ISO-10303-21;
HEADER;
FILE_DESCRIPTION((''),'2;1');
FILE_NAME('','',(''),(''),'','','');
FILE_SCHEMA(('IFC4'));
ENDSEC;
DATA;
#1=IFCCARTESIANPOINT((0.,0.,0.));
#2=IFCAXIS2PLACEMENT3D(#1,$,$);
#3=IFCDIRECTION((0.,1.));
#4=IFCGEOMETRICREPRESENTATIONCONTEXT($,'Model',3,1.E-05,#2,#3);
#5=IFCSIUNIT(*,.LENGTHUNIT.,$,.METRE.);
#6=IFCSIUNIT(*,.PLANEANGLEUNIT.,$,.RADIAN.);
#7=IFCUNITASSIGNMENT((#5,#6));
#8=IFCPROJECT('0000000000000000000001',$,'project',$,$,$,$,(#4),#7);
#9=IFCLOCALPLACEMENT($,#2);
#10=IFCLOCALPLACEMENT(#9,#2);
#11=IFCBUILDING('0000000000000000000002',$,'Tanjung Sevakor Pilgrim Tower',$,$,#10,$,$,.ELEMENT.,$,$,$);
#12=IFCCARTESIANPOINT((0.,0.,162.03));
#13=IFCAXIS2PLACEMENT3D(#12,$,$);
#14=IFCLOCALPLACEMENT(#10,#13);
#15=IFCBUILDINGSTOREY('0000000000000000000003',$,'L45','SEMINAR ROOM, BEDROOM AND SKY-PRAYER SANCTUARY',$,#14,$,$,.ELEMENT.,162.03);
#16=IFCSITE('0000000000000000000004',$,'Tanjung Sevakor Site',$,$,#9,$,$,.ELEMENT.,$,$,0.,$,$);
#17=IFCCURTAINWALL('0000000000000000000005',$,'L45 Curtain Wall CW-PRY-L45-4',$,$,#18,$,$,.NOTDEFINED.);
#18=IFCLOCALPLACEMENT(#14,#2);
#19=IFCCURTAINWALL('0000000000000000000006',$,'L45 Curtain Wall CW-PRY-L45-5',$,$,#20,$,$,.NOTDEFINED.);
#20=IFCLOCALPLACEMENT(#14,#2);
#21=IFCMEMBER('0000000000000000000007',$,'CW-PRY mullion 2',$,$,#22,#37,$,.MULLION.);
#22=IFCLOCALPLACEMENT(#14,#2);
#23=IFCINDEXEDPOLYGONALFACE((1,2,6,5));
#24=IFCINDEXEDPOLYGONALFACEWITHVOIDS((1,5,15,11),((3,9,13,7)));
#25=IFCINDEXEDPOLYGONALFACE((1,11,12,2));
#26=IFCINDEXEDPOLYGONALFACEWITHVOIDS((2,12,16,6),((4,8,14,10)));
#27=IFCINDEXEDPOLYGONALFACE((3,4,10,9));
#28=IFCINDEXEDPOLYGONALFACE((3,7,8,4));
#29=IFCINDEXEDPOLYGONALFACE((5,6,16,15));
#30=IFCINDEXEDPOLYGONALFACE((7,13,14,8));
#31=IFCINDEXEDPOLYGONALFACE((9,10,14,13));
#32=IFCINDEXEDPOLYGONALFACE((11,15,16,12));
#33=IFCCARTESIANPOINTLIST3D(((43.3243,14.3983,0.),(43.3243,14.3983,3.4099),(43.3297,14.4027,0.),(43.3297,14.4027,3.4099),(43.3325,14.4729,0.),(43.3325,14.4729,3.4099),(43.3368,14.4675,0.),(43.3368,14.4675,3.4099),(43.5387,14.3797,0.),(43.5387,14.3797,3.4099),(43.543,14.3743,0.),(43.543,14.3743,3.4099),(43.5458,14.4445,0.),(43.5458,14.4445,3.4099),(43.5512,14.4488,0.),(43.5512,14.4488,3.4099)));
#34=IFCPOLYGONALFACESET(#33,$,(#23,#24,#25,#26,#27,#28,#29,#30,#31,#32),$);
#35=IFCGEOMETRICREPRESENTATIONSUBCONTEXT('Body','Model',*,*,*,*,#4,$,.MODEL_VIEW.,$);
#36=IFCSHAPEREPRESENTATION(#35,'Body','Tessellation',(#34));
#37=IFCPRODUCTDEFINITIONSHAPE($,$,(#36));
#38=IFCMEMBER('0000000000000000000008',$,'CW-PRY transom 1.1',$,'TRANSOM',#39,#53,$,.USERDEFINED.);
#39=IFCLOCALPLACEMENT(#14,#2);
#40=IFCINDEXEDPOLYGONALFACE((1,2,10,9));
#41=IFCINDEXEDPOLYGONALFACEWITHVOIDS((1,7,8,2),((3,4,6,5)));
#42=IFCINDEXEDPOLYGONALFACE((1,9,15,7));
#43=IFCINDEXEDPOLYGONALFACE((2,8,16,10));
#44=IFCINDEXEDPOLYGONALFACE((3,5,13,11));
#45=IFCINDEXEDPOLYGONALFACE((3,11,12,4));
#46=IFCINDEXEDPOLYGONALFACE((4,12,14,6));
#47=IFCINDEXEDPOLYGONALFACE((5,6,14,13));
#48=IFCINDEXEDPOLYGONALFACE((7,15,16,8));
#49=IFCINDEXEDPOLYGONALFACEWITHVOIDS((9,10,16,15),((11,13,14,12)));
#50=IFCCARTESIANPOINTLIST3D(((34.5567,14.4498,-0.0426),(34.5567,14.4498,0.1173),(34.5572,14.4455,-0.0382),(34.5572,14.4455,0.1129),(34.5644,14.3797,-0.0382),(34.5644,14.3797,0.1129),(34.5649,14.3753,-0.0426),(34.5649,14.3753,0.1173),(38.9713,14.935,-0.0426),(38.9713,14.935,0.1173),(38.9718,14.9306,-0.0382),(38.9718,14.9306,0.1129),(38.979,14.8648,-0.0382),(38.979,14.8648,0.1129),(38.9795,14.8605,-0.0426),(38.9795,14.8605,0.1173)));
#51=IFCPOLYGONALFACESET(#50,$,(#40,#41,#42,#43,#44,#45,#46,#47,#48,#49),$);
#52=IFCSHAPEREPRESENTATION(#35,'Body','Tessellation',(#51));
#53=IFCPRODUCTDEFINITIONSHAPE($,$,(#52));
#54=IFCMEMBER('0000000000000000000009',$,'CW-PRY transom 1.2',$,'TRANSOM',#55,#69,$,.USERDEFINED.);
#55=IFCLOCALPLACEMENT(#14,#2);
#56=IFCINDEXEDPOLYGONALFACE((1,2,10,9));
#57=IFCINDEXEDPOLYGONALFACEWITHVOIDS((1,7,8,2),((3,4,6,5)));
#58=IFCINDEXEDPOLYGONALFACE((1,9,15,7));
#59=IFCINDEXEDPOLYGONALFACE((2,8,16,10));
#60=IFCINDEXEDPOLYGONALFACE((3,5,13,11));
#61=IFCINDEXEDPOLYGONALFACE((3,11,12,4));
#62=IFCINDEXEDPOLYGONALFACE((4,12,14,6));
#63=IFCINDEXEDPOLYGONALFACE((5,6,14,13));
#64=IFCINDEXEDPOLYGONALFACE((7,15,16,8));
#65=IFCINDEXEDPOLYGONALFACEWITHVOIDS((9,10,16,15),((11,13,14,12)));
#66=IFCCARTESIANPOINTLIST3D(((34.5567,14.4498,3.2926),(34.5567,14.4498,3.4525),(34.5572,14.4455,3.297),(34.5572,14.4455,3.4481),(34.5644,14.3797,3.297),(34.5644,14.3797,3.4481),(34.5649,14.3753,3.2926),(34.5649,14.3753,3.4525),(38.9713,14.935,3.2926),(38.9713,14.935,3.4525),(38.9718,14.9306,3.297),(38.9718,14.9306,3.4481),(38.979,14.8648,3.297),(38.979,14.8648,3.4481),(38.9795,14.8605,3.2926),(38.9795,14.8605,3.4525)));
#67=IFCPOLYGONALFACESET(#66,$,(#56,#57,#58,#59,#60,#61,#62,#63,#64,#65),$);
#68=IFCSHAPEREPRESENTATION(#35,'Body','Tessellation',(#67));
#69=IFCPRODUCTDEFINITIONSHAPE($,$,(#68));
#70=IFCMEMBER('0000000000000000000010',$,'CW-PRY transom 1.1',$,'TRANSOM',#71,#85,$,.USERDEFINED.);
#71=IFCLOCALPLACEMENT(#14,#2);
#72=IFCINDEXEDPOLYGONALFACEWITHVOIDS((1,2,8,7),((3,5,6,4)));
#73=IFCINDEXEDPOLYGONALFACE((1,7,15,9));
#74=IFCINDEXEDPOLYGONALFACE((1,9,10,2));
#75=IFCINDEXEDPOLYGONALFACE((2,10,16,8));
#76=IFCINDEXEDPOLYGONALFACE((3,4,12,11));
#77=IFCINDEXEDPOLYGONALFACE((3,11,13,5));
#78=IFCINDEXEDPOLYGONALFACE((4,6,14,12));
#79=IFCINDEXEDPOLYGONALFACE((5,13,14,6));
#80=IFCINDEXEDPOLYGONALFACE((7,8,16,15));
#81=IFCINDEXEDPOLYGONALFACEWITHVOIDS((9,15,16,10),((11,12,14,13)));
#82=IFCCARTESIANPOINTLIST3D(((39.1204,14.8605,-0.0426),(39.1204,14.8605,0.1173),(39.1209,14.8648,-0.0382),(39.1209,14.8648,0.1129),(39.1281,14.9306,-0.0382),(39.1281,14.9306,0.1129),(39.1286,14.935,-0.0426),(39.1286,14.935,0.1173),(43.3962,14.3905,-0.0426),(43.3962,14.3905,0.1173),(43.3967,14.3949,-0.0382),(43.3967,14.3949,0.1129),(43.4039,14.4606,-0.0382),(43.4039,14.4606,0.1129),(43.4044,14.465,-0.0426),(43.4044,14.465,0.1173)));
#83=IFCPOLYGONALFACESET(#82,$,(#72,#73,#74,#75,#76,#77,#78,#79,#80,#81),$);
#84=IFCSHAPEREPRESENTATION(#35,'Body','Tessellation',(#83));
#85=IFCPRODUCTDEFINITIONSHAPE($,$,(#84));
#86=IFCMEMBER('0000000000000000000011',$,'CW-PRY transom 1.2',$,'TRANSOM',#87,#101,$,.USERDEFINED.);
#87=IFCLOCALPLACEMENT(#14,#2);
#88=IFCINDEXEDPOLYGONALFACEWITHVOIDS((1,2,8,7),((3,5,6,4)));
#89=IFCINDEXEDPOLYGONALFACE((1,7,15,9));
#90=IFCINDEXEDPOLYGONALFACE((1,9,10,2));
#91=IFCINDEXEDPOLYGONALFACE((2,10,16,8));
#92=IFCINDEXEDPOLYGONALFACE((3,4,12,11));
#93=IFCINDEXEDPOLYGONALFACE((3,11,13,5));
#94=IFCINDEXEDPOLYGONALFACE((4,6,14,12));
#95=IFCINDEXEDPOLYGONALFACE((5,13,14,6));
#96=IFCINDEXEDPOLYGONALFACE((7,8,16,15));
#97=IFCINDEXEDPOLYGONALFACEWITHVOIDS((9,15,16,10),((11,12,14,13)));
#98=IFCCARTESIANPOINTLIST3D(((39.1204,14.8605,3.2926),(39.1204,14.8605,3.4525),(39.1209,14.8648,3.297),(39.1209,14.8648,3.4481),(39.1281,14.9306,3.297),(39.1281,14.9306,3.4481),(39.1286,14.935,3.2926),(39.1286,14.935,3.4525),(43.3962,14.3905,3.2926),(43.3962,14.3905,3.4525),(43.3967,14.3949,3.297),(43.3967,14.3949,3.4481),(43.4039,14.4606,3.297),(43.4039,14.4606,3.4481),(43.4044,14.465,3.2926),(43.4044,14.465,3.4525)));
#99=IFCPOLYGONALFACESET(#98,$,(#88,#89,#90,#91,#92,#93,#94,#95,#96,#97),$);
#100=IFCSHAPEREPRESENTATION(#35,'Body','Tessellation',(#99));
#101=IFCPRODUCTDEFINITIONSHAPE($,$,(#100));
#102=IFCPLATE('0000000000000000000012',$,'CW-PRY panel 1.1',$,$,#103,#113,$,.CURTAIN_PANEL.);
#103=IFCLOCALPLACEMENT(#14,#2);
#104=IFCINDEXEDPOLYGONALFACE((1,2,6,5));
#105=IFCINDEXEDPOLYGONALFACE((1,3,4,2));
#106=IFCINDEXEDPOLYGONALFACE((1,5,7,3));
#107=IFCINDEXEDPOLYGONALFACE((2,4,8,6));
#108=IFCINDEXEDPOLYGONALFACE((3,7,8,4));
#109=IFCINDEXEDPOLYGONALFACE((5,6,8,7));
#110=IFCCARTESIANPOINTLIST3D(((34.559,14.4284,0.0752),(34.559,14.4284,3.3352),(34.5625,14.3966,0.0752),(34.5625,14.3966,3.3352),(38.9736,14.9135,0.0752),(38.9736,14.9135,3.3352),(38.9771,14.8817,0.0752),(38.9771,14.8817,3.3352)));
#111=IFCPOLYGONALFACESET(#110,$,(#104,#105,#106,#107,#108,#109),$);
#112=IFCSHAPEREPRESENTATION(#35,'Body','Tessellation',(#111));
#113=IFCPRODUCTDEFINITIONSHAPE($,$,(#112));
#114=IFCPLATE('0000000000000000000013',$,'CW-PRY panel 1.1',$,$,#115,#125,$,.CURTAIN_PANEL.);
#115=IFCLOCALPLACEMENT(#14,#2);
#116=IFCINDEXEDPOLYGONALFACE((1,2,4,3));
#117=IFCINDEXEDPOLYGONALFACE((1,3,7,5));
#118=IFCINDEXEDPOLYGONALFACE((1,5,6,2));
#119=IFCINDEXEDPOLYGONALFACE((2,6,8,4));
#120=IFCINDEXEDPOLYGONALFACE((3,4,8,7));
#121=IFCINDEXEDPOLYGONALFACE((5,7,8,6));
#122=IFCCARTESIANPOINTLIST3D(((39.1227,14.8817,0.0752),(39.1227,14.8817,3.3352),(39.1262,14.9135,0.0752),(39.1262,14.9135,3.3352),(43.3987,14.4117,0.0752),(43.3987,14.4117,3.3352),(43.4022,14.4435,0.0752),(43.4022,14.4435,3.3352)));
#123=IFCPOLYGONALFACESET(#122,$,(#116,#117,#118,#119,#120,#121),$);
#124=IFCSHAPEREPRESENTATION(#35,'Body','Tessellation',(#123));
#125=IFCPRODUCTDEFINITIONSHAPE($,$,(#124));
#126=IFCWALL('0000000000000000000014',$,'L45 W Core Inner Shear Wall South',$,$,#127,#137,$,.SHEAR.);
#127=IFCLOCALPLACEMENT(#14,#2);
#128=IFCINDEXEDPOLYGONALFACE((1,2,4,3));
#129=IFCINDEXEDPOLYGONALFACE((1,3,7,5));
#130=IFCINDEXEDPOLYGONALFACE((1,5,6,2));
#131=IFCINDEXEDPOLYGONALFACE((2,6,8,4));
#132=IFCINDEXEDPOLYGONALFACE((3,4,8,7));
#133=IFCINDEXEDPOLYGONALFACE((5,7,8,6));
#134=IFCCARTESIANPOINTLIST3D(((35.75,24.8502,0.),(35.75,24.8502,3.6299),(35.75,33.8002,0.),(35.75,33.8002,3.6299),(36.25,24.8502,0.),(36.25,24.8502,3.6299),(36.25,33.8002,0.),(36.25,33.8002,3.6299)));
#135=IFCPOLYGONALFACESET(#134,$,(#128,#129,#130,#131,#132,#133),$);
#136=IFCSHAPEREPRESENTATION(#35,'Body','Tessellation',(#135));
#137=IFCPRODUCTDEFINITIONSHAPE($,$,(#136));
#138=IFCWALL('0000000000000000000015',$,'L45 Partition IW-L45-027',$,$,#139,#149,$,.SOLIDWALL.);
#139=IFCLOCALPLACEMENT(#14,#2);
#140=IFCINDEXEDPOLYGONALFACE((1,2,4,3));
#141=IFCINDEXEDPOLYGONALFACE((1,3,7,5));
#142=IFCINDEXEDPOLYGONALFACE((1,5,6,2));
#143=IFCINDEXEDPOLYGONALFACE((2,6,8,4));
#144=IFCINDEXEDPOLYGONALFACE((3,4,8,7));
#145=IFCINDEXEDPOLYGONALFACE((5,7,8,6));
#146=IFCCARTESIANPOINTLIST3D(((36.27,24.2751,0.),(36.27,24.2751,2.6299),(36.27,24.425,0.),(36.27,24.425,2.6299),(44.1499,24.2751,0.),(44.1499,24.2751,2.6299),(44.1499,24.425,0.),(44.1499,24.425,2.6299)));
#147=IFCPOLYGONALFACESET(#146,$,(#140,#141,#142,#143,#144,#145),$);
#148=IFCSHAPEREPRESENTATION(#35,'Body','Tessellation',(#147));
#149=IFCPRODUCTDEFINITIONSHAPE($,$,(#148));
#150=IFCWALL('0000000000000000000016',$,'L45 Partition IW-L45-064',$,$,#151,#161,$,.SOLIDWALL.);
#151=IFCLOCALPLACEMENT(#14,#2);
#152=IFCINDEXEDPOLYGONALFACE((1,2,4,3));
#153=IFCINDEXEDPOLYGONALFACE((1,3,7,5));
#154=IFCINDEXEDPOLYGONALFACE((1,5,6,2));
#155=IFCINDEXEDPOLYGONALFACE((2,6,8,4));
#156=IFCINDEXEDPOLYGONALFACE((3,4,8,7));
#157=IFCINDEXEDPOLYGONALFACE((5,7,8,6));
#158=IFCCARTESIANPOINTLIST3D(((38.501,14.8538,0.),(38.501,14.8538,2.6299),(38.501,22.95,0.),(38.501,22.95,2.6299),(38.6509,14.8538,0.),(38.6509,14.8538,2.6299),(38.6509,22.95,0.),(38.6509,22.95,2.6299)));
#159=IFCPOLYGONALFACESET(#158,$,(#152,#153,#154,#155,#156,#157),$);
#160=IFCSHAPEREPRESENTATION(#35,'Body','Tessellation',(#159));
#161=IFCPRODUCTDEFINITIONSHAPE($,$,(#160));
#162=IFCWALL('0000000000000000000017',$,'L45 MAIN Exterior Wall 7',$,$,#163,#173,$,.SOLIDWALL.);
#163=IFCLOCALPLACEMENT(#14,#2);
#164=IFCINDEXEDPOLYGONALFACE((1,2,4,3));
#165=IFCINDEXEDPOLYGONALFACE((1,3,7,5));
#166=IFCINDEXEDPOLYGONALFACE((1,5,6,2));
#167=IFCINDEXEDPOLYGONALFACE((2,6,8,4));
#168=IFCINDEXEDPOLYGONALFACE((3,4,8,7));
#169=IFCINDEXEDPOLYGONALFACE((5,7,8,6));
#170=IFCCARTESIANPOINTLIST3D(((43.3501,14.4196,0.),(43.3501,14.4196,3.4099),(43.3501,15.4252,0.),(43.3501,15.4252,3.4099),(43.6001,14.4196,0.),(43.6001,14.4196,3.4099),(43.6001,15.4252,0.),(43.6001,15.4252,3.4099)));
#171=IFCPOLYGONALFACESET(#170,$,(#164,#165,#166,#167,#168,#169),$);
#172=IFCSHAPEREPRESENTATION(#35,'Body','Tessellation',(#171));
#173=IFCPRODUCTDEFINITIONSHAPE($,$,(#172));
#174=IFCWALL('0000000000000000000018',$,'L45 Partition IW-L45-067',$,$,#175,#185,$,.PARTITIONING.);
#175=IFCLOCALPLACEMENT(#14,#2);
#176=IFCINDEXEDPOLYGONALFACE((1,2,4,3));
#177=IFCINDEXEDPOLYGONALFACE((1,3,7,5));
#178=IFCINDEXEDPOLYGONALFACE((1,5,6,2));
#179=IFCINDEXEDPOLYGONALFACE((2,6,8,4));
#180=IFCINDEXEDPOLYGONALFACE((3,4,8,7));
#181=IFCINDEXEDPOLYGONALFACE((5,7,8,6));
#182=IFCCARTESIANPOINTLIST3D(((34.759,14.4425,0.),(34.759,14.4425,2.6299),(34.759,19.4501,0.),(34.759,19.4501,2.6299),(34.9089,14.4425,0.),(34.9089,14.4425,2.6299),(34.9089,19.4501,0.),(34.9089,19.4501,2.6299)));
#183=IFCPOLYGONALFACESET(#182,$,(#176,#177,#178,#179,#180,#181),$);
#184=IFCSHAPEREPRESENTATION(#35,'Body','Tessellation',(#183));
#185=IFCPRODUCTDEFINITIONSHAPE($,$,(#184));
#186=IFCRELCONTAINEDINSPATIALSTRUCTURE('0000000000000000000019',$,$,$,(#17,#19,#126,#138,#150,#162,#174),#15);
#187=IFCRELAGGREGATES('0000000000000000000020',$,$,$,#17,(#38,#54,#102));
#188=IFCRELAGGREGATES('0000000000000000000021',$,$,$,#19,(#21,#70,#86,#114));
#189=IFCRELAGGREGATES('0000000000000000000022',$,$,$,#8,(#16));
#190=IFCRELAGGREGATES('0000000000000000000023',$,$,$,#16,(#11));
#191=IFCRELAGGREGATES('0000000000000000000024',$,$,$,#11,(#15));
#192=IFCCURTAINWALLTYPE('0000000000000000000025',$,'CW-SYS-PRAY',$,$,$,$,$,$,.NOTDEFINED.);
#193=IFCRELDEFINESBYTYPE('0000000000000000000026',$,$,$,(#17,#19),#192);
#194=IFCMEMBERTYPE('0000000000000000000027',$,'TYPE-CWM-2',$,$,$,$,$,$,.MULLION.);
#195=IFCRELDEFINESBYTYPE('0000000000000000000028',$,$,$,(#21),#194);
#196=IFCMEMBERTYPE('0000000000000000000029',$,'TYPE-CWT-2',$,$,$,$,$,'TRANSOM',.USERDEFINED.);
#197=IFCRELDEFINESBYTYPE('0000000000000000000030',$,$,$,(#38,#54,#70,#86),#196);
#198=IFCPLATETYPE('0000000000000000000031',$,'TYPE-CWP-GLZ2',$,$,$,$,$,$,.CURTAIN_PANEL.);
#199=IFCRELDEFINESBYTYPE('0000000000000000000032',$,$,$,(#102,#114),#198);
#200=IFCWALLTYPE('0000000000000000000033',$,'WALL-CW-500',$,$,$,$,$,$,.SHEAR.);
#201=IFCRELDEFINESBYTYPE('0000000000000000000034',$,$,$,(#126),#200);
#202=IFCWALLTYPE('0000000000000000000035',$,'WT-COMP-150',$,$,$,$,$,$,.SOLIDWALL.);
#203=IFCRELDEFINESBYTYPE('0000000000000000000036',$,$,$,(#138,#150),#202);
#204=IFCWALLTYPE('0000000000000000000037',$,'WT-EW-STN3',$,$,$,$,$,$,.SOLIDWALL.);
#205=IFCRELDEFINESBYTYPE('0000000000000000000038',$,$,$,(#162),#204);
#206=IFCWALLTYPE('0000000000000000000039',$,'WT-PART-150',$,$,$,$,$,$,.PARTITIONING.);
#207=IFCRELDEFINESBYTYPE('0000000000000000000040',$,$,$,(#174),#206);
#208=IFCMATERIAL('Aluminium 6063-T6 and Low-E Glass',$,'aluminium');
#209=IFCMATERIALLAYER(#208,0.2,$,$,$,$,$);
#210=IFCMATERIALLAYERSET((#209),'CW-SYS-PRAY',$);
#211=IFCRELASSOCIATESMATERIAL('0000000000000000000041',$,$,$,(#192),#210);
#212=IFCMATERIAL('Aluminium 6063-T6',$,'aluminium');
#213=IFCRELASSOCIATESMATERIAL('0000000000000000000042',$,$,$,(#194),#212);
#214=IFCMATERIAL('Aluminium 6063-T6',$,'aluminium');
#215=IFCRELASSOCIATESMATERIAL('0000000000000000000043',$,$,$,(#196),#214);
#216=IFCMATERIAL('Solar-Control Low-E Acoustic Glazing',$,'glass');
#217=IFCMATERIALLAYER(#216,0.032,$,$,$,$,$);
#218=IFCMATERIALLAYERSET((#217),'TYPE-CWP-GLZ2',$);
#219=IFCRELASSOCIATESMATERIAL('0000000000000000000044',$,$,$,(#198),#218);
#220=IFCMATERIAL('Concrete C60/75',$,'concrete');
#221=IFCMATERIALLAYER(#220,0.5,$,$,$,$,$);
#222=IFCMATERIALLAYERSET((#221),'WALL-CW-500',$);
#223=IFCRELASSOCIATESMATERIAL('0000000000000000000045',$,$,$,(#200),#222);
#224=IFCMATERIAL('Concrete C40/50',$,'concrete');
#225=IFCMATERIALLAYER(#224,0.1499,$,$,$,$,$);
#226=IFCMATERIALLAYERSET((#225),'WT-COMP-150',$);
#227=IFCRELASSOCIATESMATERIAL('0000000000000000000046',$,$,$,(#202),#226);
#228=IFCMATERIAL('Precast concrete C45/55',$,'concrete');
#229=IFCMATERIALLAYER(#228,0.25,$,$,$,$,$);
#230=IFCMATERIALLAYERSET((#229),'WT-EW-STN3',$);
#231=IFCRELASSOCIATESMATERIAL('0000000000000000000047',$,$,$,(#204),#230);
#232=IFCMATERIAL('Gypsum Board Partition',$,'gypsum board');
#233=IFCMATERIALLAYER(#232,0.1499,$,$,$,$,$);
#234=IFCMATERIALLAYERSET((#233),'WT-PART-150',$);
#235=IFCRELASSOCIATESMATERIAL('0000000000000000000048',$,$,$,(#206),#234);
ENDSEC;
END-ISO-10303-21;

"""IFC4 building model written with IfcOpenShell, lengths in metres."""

from ifc_helpers import new_model, si_unit, direction, frame, frame_2d, origin, origin_2d, place, context, subcontext, project, spatial, rectangle, hollow_rectangle, extrude, material, layer, layer_set, material_profile, profile_set, type_object, element, aggregate, save


model = new_model("IFC4")

# Units and contexts
model_context = context("Model", 3, precision=1e-05, world=origin(), true_north=direction((0.0, 1.0)))
body_context = subcontext(model_context, "Body", "Model", "MODEL_VIEW")
ifc_project = project(units=[si_unit("LENGTHUNIT", "METRE"), si_unit("PLANEANGLEUNIT", "RADIAN")], contexts=[model_context])

# Site, building, storey
site_placement = place(None, origin())
site = spatial("IfcSite", under=ifc_project, at=site_placement, Name="Tanjung Sevakor Site", CompositionType="ELEMENT", RefElevation=0.0)
building_placement = place(site_placement, origin())
building = spatial("IfcBuilding", under=site, at=building_placement, Name="Tanjung Sevakor Pilgrim Tower", CompositionType="ELEMENT")
storey_placement = place(building_placement, frame((0.0, 0.0, 162.03)))
storey = spatial("IfcBuildingStorey", under=building, at=storey_placement, Name="L45", Description="SEMINAR ROOM, BEDROOM AND SKY-PRAYER SANCTUARY", CompositionType="ELEMENT", Elevation=162.03)

# Shared definitions
ifc_material_1 = material(Name="Aluminium 6063-T6 and Low-E Glass", Category="aluminium")
ifc_layer_1 = layer(ifc_material_1, 0.2)
ifc_layer_set_1 = layer_set([ifc_layer_1], Name="CW-SYS-PRAY")
curtain_wall_type = type_object("IfcCurtainWallType", Name="CW-SYS-PRAY", PredefinedType="NOTDEFINED", material=ifc_layer_set_1)
ifc_material_2 = material(Name="Aluminium 6063-T6", Category="aluminium")
ifc_material_profile_1 = material_profile(ifc_material_2, hollow_rectangle(XDim=0.075, YDim=0.22, WallThickness=0.0049, at=origin_2d()))
ifc_profile_set_1 = profile_set([ifc_material_profile_1], Name="Aluminium 6063-T6")
member_type_1 = type_object("IfcMemberType", Name="TYPE-CWM-2", PredefinedType="MULLION", material=ifc_profile_set_1)

# Curtain walls, member
curtain_wall_1_placement = place(storey_placement, origin())
curtain_wall_1 = element("IfcCurtainWall", 1, at=curtain_wall_1_placement, inside=storey, type_object=curtain_wall_type, Name="L45 Curtain Wall CW-PRY-L45-4", PredefinedType="NOTDEFINED")
curtain_wall_2_placement = place(storey_placement, origin())
curtain_wall_2 = element("IfcCurtainWall", 2, at=curtain_wall_2_placement, inside=storey, type_object=curtain_wall_type, Name="L45 Curtain Wall CW-PRY-L45-5", PredefinedType="NOTDEFINED")
member_1_placement = place(storey_placement, frame((43.4377, 14.4236, 0.0), z_axis=(0.0, 0.0, 1.0), x_axis=(0.109241, 0.994015, 0.0)))
member_1 = element("IfcMember", 3, at=member_1_placement, type_object=member_type_1, Name="CW-PRY mullion 2", PredefinedType="MULLION", context=body_context, shape_type="SweptSolid", body=[
    extrude(hollow_rectangle(XDim=0.075, YDim=0.22, WallThickness=0.0049, at=origin_2d()), origin(), (0.0, 0.0, 1.0), 3.4099),
])

# Members
ifc_material_3 = material(Name="Aluminium 6063-T6", Category="aluminium")
ifc_material_profile_2 = material_profile(ifc_material_3, hollow_rectangle(XDim=0.075, YDim=0.1599, WallThickness=0.0044, at=origin_2d()))
ifc_profile_set_2 = profile_set([ifc_material_profile_2], Name="Aluminium 6063-T6")
member_type_2 = type_object("IfcMemberType", Name="TYPE-CWT-2", ElementType="TRANSOM", PredefinedType="USERDEFINED", material=ifc_profile_set_2)
member_2_placement = place(storey_placement, frame((34.5608, 14.4126, 0.0374), z_axis=(0.994016, 0.109231, 0.0), x_axis=(-0.109231, 0.994016, 0.0)))
member_2 = element("IfcMember", 4, at=member_2_placement, type_object=member_type_2, Name="CW-PRY transom 1.1", ObjectType="TRANSOM", PredefinedType="USERDEFINED", context=body_context, shape_type="SweptSolid", body=[
    extrude(hollow_rectangle(XDim=0.075, YDim=0.1599, WallThickness=0.0044, at=origin_2d()), origin(), (0.0, 0.0, 1.0), 4.4412),
])
member_3_placement = place(storey_placement, frame((34.5608, 14.4126, 3.3726), z_axis=(0.994016, 0.109231, 0.0), x_axis=(-0.109231, 0.994016, 0.0)))
member_3 = element("IfcMember", 5, at=member_3_placement, type_object=member_type_2, Name="CW-PRY transom 1.2", ObjectType="TRANSOM", PredefinedType="USERDEFINED", context=body_context, shape_type="SweptSolid", body=[
    extrude(hollow_rectangle(XDim=0.075, YDim=0.1599, WallThickness=0.0044, at=origin_2d()), origin(), (0.0, 0.0, 1.0), 4.4412),
])
member_4_placement = place(storey_placement, frame((39.1245, 14.8977, 0.0374), z_axis=(0.994014, -0.109254, 0.0), x_axis=(0.109254, 0.994014, 0.0)))
member_4 = element("IfcMember", 6, at=member_4_placement, type_object=member_type_2, Name="CW-PRY transom 1.1", ObjectType="TRANSOM", PredefinedType="USERDEFINED", context=body_context, shape_type="SweptSolid", body=[
    extrude(hollow_rectangle(XDim=0.075, YDim=0.1599, WallThickness=0.0044, at=origin_2d()), origin(), (0.0, 0.0, 1.0), 4.3015),
])
member_5_placement = place(storey_placement, frame((39.1245, 14.8977, 3.3726), z_axis=(0.994014, -0.109254, 0.0), x_axis=(0.109254, 0.994014, 0.0)))
member_5 = element("IfcMember", 7, at=member_5_placement, type_object=member_type_2, Name="CW-PRY transom 1.2", ObjectType="TRANSOM", PredefinedType="USERDEFINED", context=body_context, shape_type="SweptSolid", body=[
    extrude(hollow_rectangle(XDim=0.075, YDim=0.1599, WallThickness=0.0044, at=origin_2d()), origin(), (0.0, 0.0, 1.0), 4.3015),
])

# Plates
ifc_material_4 = material(Name="Solar-Control Low-E Acoustic Glazing", Category="glass")
ifc_layer_2 = layer(ifc_material_4, 0.032)
ifc_layer_set_2 = layer_set([ifc_layer_2], Name="TYPE-CWP-GLZ2")
plate_type = type_object("IfcPlateType", Name="TYPE-CWP-GLZ2", PredefinedType="CURTAIN_PANEL", material=ifc_layer_set_2)
plate_1_placement = place(storey_placement, frame((36.7681, 14.655, 0.0752), z_axis=(0.0, 0.0, 1.0), x_axis=(0.994016, 0.109231, 0.0)))
plate_1 = element("IfcPlate", 8, at=plate_1_placement, type_object=plate_type, Name="CW-PRY panel 1.1", PredefinedType="CURTAIN_PANEL", context=body_context, shape_type="SweptSolid", body=[
    extrude(rectangle(XDim=4.4412, YDim=0.032, at=origin_2d()), origin(), (0.0, 0.0, 1.0), 3.26),
])
aggregate(curtain_wall_1, [member_2, member_3, plate_1])
plate_2_placement = place(storey_placement, frame((41.2625, 14.6626, 0.0752), z_axis=(0.0, 0.0, 1.0), x_axis=(0.994015, -0.109241, 0.0)))
plate_2 = element("IfcPlate", 9, at=plate_2_placement, type_object=plate_type, Name="CW-PRY panel 1.1", PredefinedType="CURTAIN_PANEL", context=body_context, shape_type="SweptSolid", body=[
    extrude(rectangle(XDim=4.3018, YDim=0.032, at=origin_2d()), origin(), (0.0, 0.0, 1.0), 3.26),
])
aggregate(curtain_wall_2, [member_1, member_4, member_5, plate_2])

# Walls
ifc_material_5 = material(Name="Concrete C60/75", Category="concrete")
ifc_layer_3 = layer(ifc_material_5, 0.5)
ifc_layer_set_3 = layer_set([ifc_layer_3], Name="WALL-CW-500")
wall_type_1 = type_object("IfcWallType", Name="WALL-CW-500", PredefinedType="SHEAR", material=ifc_layer_set_3)
wall_1_placement = place(storey_placement, frame((36.0, 24.8501, 0.0), z_axis=(0.0, 0.0, 1.0), x_axis=(0.0, 1.0, 0.0)))
element("IfcWall", 10, at=wall_1_placement, inside=storey, type_object=wall_type_1, Name="L45 W Core Inner Shear Wall South", PredefinedType="SHEAR", context=body_context, shape_type="SweptSolid", body=[
    extrude(rectangle(XDim=8.95, YDim=0.5, at=frame_2d((4.4751, 0.0))), origin(), (0.0, 0.0, 1.0), 3.6299),
])
ifc_material_6 = material(Name="Concrete C40/50", Category="concrete")
ifc_layer_4 = layer(ifc_material_6, 0.1499)
ifc_layer_set_4 = layer_set([ifc_layer_4], Name="WT-COMP-150")
wall_type_2 = type_object("IfcWallType", Name="WT-COMP-150", PredefinedType="SOLIDWALL", material=ifc_layer_set_4)
wall_2_placement = place(storey_placement, frame((36.27, 24.3501, 0.0), z_axis=(0.0, 0.0, 1.0), x_axis=(1.0, 0.0, 0.0)))
element("IfcWall", 11, at=wall_2_placement, inside=storey, type_object=wall_type_2, Name="L45 Partition IW-L45-027", PredefinedType="SOLIDWALL", context=body_context, shape_type="SweptSolid", body=[
    extrude(rectangle(XDim=7.8799, YDim=0.1499, at=frame_2d((3.9399, 0.0))), origin(), (0.0, 0.0, 1.0), 2.6299),
])
wall_3_placement = place(storey_placement, frame((38.5759, 14.8538, 0.0), z_axis=(0.0, 0.0, 1.0), x_axis=(0.0, 1.0, 0.0)))
element("IfcWall", 12, at=wall_3_placement, inside=storey, type_object=wall_type_2, Name="L45 Partition IW-L45-064", PredefinedType="SOLIDWALL", context=body_context, shape_type="SweptSolid", body=[
    extrude(rectangle(XDim=8.0962, YDim=0.1499, at=frame_2d((4.0481, 0.0))), origin(), (0.0, 0.0, 1.0), 2.6299),
])

# Walls
ifc_material_7 = material(Name="Precast concrete C45/55", Category="concrete")
ifc_layer_5 = layer(ifc_material_7, 0.25)
ifc_layer_set_5 = layer_set([ifc_layer_5], Name="WT-EW-STN3")
wall_type_3 = type_object("IfcWallType", Name="WT-EW-STN3", PredefinedType="SOLIDWALL", material=ifc_layer_set_5)
wall_4_placement = place(storey_placement, frame((43.4751, 14.4194, 0.0), z_axis=(0.0, 0.0, 1.0), x_axis=(0.0, 1.0, 0.0)))
element("IfcWall", 13, at=wall_4_placement, inside=storey, type_object=wall_type_3, Name="L45 MAIN Exterior Wall 7", PredefinedType="SOLIDWALL", context=body_context, shape_type="SweptSolid", body=[
    extrude(rectangle(XDim=1.0056, YDim=0.25, at=frame_2d((0.5029, 0.0))), origin(), (0.0, 0.0, 1.0), 3.4099),
])
ifc_material_8 = material(Name="Gypsum Board Partition", Category="gypsum board")
ifc_layer_6 = layer(ifc_material_8, 0.1499)
ifc_layer_set_6 = layer_set([ifc_layer_6], Name="WT-PART-150")
wall_type_4 = type_object("IfcWallType", Name="WT-PART-150", PredefinedType="PARTITIONING", material=ifc_layer_set_6)
wall_5_placement = place(storey_placement, frame((34.834, 14.4424, 0.0), z_axis=(0.0, 0.0, 1.0), x_axis=(0.0, 1.0, 0.0)))
element("IfcWall", 14, at=wall_5_placement, inside=storey, type_object=wall_type_4, Name="L45 Partition IW-L45-067", PredefinedType="PARTITIONING", context=body_context, shape_type="SweptSolid", body=[
    extrude(rectangle(XDim=5.0076, YDim=0.1499, at=frame_2d((2.5039, 0.0))), origin(), (0.0, 0.0, 1.0), 2.6299),
])

save(model, "model.ifc")
